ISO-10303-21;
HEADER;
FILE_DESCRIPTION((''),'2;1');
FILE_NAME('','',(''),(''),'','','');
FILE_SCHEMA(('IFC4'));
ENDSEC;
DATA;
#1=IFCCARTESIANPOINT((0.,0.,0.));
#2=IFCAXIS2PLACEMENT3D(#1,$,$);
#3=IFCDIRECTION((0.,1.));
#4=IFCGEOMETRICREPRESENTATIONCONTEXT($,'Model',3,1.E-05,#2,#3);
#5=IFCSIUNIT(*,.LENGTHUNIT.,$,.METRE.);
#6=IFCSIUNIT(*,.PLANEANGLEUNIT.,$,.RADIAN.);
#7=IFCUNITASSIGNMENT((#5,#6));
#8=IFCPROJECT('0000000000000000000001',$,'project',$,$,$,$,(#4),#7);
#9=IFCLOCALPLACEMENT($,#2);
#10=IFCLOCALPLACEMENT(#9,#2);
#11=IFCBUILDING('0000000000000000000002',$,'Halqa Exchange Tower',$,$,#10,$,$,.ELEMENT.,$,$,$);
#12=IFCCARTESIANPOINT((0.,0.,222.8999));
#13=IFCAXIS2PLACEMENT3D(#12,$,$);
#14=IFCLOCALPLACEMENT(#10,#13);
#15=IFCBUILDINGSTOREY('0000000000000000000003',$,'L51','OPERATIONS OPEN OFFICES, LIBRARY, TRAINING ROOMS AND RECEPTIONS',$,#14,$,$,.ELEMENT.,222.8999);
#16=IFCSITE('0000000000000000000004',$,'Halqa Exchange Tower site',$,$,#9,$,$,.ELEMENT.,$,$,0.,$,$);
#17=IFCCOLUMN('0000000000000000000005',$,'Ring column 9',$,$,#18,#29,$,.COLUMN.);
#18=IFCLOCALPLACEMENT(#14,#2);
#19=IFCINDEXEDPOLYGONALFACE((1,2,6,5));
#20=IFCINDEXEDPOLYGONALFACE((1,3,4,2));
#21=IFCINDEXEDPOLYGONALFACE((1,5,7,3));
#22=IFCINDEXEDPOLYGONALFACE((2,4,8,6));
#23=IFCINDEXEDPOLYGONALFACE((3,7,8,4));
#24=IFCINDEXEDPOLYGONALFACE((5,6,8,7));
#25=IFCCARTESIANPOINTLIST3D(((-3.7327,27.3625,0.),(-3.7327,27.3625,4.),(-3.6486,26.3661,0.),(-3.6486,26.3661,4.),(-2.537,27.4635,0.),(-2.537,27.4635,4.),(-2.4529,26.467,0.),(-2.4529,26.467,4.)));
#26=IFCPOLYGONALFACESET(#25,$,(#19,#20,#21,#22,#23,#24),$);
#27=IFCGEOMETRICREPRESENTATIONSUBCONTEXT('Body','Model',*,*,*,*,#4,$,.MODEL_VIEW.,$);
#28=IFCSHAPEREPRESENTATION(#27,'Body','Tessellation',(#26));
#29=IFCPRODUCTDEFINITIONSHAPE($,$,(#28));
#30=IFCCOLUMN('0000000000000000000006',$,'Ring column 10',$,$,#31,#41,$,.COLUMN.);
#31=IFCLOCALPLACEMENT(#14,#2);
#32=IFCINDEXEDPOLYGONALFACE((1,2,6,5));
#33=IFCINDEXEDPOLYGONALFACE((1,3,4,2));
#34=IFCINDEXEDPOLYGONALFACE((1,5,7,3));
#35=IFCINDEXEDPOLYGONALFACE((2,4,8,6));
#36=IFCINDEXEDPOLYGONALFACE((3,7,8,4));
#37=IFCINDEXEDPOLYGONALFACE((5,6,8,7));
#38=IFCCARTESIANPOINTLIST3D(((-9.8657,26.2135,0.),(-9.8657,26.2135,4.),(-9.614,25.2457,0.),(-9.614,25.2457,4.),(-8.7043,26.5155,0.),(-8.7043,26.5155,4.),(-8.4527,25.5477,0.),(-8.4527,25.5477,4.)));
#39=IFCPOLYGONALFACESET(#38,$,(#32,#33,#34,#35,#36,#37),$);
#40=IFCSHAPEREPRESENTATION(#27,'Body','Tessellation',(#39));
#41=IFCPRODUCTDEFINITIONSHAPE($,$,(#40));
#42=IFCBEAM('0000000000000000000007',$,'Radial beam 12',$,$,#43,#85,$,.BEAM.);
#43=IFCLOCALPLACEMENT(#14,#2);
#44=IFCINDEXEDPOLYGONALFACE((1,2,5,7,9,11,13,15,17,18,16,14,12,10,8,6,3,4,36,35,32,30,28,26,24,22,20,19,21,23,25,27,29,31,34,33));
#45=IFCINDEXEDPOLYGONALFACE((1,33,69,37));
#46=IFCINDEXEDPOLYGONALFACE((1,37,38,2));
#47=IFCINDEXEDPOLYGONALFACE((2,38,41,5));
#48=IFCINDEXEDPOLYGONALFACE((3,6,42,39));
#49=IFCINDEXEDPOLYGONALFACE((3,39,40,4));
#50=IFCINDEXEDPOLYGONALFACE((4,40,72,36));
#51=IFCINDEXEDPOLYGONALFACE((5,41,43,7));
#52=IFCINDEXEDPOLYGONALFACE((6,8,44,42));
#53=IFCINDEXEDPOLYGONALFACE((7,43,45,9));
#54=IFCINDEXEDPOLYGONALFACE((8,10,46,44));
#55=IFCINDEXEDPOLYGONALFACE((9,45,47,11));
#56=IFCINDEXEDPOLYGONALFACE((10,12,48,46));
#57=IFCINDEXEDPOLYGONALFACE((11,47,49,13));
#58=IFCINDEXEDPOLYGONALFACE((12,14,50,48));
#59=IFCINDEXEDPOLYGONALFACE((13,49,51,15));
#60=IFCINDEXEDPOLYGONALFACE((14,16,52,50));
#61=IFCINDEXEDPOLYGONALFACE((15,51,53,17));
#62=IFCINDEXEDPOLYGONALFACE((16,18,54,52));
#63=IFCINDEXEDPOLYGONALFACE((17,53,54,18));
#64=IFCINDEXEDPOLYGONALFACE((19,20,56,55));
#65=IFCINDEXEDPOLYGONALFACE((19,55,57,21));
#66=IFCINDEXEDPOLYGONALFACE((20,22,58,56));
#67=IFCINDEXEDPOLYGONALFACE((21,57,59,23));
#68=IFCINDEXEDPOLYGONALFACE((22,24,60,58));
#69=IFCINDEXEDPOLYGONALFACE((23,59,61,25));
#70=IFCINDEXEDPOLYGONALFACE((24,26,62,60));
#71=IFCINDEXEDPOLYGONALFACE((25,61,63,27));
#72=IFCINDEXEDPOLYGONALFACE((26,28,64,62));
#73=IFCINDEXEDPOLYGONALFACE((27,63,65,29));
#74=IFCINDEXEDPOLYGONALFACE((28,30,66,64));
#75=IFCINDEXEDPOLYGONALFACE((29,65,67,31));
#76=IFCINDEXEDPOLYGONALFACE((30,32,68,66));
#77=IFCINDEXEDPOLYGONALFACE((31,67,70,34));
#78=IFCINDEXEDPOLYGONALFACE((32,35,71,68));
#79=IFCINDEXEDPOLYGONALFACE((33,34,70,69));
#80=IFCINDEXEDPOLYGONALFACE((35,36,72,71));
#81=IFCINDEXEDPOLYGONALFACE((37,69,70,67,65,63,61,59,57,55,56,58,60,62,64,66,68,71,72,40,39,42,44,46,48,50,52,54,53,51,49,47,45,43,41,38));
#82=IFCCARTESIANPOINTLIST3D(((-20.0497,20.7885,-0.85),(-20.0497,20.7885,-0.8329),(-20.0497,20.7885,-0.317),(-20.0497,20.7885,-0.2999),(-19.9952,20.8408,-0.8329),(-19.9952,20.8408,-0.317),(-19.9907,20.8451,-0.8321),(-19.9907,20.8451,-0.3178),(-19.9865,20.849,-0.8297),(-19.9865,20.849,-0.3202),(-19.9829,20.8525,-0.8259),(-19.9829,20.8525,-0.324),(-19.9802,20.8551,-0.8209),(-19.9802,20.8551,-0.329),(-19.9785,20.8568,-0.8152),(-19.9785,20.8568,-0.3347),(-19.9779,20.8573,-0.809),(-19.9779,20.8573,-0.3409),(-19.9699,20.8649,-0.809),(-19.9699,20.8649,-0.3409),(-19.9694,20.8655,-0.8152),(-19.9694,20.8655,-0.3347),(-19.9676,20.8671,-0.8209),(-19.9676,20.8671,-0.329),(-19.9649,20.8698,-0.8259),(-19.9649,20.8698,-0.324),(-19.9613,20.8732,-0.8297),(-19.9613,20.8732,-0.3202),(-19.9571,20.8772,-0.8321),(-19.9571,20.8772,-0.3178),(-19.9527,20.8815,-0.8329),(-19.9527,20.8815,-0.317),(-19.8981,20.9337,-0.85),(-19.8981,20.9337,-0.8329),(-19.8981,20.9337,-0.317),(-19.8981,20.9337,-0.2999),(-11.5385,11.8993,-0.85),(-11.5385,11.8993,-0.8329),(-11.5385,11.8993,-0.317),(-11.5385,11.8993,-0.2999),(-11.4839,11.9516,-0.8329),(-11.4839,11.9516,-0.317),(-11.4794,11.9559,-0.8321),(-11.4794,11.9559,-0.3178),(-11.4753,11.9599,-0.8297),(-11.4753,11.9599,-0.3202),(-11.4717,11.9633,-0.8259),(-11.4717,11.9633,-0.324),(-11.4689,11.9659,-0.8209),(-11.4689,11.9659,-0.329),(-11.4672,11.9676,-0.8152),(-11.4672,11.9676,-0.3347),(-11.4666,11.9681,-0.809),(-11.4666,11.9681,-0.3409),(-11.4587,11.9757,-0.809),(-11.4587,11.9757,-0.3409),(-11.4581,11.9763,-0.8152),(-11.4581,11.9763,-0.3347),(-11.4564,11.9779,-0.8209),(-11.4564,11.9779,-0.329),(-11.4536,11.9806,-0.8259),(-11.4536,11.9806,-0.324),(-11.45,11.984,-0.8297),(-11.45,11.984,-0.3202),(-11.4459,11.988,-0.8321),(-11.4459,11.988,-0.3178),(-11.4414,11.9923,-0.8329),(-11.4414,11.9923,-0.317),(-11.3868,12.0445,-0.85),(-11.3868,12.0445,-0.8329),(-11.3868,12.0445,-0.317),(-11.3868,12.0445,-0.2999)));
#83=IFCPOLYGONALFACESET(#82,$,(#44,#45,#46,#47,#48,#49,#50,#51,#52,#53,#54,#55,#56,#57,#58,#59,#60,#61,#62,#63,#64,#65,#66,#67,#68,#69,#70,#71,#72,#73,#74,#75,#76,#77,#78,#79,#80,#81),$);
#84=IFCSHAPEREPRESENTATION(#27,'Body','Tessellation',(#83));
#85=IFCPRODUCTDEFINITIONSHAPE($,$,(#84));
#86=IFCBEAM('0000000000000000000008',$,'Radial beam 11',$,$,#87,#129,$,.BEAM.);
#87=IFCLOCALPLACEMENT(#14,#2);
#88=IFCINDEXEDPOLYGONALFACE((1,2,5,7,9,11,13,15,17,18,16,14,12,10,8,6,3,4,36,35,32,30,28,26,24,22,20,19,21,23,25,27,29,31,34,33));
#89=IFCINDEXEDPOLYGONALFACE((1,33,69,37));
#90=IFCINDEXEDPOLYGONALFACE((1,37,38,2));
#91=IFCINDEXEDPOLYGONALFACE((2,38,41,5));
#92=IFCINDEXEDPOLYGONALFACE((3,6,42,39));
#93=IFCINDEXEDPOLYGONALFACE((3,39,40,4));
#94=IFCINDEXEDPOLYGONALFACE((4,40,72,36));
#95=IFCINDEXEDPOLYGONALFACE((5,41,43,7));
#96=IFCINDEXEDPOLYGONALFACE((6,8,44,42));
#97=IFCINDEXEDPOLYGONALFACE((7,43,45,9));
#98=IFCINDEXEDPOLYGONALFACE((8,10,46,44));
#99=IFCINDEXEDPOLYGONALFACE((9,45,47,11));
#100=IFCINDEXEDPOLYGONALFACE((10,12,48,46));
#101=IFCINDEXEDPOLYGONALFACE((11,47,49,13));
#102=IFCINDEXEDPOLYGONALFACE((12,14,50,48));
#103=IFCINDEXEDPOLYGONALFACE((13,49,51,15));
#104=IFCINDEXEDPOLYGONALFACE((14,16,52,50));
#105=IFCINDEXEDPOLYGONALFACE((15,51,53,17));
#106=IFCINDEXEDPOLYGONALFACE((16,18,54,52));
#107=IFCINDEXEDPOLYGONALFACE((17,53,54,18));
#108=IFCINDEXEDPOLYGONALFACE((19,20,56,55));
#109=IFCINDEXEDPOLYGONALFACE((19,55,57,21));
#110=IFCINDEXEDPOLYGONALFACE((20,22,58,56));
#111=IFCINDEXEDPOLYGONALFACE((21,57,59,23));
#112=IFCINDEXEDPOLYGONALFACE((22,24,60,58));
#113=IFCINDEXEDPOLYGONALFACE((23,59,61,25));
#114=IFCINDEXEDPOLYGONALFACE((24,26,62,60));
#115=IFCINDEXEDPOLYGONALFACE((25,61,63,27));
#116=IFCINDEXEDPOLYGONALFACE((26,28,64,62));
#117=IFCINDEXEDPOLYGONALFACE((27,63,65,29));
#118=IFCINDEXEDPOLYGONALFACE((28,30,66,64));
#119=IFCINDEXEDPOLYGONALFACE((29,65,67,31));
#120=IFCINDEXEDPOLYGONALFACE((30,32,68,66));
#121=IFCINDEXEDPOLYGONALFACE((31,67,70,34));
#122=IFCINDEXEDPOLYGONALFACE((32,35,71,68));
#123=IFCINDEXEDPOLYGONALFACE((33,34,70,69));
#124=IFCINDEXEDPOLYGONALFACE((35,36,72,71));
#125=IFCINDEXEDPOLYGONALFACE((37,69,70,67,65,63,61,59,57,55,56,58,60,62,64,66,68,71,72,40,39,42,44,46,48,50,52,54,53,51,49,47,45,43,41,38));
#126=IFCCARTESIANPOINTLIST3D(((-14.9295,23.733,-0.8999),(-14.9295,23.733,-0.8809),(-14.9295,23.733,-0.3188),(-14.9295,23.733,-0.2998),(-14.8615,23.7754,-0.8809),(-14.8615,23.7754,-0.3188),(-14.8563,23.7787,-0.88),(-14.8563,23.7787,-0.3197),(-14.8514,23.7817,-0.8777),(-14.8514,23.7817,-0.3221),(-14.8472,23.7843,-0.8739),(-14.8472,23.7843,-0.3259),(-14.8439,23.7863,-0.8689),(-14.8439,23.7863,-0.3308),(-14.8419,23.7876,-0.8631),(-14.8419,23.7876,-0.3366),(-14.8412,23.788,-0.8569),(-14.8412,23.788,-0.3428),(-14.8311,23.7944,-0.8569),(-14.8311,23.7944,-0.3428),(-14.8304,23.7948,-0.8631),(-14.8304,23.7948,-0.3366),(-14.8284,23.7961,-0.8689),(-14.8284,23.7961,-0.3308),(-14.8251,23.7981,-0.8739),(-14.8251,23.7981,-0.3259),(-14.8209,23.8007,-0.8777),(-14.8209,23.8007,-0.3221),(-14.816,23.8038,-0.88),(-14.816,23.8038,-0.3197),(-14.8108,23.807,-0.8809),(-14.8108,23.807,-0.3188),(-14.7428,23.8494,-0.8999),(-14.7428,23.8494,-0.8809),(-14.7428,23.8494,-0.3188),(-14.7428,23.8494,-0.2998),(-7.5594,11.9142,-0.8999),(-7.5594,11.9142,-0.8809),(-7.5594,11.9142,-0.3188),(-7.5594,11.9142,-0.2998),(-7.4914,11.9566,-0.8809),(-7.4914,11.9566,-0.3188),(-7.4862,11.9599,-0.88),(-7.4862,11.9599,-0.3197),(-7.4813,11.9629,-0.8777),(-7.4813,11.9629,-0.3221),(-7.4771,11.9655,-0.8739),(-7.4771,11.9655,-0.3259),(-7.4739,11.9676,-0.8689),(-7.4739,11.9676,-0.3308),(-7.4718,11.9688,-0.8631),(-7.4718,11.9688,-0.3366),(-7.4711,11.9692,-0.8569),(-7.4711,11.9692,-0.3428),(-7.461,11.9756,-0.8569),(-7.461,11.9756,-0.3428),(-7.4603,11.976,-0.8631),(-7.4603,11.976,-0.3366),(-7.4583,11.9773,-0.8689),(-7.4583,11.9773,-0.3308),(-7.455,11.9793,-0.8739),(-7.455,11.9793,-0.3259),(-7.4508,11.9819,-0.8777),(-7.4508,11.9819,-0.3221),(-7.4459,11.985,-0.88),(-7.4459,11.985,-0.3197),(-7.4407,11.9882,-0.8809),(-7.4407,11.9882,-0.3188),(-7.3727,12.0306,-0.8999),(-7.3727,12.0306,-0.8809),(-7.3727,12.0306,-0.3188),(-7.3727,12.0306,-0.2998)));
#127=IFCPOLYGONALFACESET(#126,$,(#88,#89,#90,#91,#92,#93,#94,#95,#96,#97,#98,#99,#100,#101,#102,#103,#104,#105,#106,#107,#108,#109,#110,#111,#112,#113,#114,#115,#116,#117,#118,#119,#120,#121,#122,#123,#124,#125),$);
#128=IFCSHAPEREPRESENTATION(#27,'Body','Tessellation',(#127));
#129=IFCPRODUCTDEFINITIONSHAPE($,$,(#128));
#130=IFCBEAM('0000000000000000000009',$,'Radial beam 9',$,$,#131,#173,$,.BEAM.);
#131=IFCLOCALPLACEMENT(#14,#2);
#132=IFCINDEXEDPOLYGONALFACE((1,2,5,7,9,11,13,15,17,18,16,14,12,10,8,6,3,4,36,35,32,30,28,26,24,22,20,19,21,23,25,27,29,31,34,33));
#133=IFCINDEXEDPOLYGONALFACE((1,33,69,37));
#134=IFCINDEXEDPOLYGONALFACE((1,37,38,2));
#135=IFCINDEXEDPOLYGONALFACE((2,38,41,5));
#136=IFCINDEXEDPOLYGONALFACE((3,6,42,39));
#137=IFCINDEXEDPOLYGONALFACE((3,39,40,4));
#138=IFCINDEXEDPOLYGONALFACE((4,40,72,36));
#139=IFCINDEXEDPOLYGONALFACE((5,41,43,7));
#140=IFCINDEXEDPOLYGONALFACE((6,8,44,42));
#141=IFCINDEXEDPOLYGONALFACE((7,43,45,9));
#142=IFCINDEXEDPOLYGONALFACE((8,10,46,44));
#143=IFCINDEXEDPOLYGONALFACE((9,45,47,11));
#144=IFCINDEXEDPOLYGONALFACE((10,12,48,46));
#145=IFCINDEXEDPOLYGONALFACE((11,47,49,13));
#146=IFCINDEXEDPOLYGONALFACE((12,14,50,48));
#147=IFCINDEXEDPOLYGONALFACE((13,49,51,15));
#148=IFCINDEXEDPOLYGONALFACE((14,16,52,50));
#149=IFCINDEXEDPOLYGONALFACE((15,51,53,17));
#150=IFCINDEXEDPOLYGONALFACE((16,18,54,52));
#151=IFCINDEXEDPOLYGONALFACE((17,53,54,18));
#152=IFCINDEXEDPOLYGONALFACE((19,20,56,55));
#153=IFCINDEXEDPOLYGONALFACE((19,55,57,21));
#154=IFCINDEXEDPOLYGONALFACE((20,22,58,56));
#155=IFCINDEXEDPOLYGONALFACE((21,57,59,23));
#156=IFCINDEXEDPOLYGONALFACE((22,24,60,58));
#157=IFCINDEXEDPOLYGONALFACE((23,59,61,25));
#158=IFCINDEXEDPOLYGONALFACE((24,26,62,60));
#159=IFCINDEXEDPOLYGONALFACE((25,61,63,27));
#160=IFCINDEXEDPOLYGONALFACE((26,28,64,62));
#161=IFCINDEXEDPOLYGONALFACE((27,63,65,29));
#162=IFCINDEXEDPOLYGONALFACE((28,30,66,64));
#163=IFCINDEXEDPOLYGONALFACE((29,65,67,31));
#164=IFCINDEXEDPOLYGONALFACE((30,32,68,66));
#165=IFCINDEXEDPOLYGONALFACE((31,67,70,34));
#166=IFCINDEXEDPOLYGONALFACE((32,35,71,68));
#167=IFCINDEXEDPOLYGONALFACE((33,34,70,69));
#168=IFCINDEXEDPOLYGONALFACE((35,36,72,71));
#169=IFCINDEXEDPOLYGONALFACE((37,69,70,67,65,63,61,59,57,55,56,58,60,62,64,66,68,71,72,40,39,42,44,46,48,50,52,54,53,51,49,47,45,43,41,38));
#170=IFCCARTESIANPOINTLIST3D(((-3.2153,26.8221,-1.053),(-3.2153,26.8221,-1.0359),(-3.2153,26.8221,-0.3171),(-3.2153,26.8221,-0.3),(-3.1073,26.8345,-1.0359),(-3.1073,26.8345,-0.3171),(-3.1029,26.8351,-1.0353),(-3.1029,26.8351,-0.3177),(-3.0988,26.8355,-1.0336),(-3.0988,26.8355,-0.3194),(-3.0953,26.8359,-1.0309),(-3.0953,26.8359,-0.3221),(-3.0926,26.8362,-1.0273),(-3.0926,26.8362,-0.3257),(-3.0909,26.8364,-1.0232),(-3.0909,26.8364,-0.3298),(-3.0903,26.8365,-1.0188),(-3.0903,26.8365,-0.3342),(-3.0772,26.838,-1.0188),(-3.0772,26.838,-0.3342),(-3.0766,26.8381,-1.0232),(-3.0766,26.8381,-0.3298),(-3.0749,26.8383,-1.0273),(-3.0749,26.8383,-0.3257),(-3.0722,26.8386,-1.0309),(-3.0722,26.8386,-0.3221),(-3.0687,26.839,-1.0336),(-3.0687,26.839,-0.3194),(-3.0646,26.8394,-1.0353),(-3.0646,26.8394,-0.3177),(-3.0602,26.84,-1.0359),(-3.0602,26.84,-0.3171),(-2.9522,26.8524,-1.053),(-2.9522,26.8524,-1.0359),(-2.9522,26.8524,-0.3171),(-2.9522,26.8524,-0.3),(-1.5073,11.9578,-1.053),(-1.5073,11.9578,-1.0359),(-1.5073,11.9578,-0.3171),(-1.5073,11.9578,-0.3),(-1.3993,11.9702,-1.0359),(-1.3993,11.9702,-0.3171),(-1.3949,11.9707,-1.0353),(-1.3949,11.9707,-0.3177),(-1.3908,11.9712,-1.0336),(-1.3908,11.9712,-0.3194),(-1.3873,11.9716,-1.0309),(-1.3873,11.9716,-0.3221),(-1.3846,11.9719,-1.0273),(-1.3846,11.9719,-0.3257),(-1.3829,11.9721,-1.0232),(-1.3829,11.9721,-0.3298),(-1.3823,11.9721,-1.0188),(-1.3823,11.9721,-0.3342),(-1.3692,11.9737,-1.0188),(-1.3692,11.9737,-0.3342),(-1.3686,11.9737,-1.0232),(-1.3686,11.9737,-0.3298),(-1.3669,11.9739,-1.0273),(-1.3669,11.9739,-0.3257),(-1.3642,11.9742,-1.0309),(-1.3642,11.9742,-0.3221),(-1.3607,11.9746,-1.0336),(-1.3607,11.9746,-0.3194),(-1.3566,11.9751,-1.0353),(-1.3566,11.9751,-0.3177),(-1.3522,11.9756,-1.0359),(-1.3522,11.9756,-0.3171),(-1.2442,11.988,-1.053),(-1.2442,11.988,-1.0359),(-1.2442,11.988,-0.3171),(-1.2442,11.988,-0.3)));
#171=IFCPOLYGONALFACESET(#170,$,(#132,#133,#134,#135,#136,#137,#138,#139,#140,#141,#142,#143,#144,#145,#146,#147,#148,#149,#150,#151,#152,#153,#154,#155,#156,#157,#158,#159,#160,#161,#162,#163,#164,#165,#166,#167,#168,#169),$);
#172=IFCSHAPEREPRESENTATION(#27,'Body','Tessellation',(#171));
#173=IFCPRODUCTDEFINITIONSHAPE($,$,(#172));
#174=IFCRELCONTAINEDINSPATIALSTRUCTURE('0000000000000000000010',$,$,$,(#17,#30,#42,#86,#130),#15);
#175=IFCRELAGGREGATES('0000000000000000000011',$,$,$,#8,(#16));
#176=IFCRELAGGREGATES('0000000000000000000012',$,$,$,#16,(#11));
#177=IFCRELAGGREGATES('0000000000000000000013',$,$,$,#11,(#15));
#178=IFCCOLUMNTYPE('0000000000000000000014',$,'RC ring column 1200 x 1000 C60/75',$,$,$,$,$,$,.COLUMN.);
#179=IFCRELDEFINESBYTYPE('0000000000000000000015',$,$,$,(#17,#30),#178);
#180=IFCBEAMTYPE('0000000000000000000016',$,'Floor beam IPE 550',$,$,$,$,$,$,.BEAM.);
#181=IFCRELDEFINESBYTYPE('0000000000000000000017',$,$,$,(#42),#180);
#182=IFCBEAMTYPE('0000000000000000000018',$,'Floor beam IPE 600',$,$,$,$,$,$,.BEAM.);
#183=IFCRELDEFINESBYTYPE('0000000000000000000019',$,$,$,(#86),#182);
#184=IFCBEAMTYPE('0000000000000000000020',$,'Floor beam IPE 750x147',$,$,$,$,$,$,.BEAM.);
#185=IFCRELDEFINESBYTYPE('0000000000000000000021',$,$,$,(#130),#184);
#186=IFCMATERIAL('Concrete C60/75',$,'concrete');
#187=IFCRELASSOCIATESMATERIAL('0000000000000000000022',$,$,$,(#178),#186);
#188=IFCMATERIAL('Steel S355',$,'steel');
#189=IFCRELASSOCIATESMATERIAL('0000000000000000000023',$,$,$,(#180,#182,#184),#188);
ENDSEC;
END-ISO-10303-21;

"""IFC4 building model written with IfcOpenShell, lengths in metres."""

from ifc_helpers import new_model, si_unit, direction, frame, origin, origin_2d, place, context, subcontext, project, spatial, rectangle, i_section, extrude, material, material_profile, profile_set, type_object, element, save


model = new_model("IFC4")

# Units and contexts
model_context = context("Model", 3, precision=1e-05, world=origin(), true_north=direction((0.0, 1.0)))
body_context = subcontext(model_context, "Body", "Model", "MODEL_VIEW")
ifc_project = project(units=[si_unit("LENGTHUNIT", "METRE"), si_unit("PLANEANGLEUNIT", "RADIAN")], contexts=[model_context])

# Site, building, storey
site_placement = place(None, origin())
site = spatial("IfcSite", under=ifc_project, at=site_placement, Name="Halqa Exchange Tower site", CompositionType="ELEMENT", RefElevation=0.0)
building_placement = place(site_placement, origin())
building = spatial("IfcBuilding", under=site, at=building_placement, Name="Halqa Exchange Tower", CompositionType="ELEMENT")
storey_placement = place(building_placement, frame((0.0, 0.0, 222.8999)))
storey = spatial("IfcBuildingStorey", under=building, at=storey_placement, Name="L51", Description="OPERATIONS OPEN OFFICES, LIBRARY, TRAINING ROOMS AND RECEPTIONS", CompositionType="ELEMENT", Elevation=222.8999)

# Columns
ifc_material_1 = material(Name="Concrete C60/75", Category="concrete")
ifc_material_profile_1 = material_profile(ifc_material_1, rectangle(XDim=1.2, YDim=1.0, at=origin_2d()), Name="1200 x 1000")
ifc_profile_set_1 = profile_set([ifc_material_profile_1], Name="Concrete C60/75")
column_type = type_object("IfcColumnType", Name="RC ring column 1200 x 1000 C60/75", PredefinedType="COLUMN", material=ifc_profile_set_1)
for number, where, z_axis, x_axis, name in (
    (1, (-3.0928, 26.9148, 0.0), (0.0, 0.0, 1.0), (-0.996455, -0.084128, 0.0), "Ring column 9"),
    (2, (-9.1592, 25.8806, 0.0), (0.0, 0.0, 1.0), (-0.967818, -0.25165, 0.0), "Ring column 10"),
):
    element("IfcColumn", number, at=place(storey_placement, frame(where, z_axis=z_axis, x_axis=x_axis)), inside=storey, type_object=column_type, Name=name, PredefinedType="COLUMN", context=body_context, shape_type="SweptSolid", body=[
        extrude(rectangle(XDim=1.2, YDim=1.0, at=origin_2d()), origin(), (0.0, 0.0, 1.0), 4.0),
    ])

# Beams
ifc_material_2 = material(Name="Steel S355", Category="steel")
ifc_material_profile_2 = material_profile(ifc_material_2, i_section(OverallWidth=0.21, OverallDepth=0.55, WebThickness=0.011, FlangeThickness=0.0171, FilletRadius=0.0239, at=origin_2d()), Name="IPE 550")
ifc_profile_set_2 = profile_set([ifc_material_profile_2], Name="Steel S355")
beam_type_1 = type_object("IfcBeamType", Name="Floor beam IPE 550", PredefinedType="BEAM", material=ifc_profile_set_2)
beam_1_placement = place(storey_placement, frame((-11.4626, 11.9719, -0.575), z_axis=(-0.691586, 0.722295, 0.0), x_axis=(-0.722295, -0.691586, 0.0)))
element("IfcBeam", 3, at=beam_1_placement, inside=storey, type_object=beam_type_1, Name="Radial beam 12", PredefinedType="BEAM", context=body_context, shape_type="SweptSolid", body=[
    extrude(i_section(OverallWidth=0.21, OverallDepth=0.55, WebThickness=0.011, FlangeThickness=0.0171, FilletRadius=0.0239, at=origin_2d()), origin(), (0.0, 0.0, 1.0), 12.3069),
])
ifc_material_profile_3 = material_profile(ifc_material_2, i_section(OverallWidth=0.22, OverallDepth=0.6001, WebThickness=0.012, FlangeThickness=0.019, FilletRadius=0.0239, at=origin_2d()), Name="IPE 600")
ifc_profile_set_3 = profile_set([ifc_material_profile_3], Name="Steel S355")
beam_type_2 = type_object("IfcBeamType", Name="Floor beam IPE 600", PredefinedType="BEAM", material=ifc_profile_set_3)
beam_2_placement = place(storey_placement, frame((-7.4661, 11.9724, -0.5999), z_axis=(-0.529138, 0.848536, 0.0), x_axis=(-0.848536, -0.529138, 0.0)))
element("IfcBeam", 4, at=beam_2_placement, inside=storey, type_object=beam_type_2, Name="Radial beam 11", PredefinedType="BEAM", context=body_context, shape_type="SweptSolid", body=[
    extrude(i_section(OverallWidth=0.22, OverallDepth=0.6001, WebThickness=0.012, FlangeThickness=0.019, FilletRadius=0.0239, at=origin_2d()), origin(), (0.0, 0.0, 1.0), 13.9285),
])
ifc_material_profile_4 = material_profile(ifc_material_2, i_section(OverallWidth=0.2649, OverallDepth=0.7529, WebThickness=0.0132, FlangeThickness=0.0171, FilletRadius=0.0171, at=origin_2d()), Name="IPE 750x147")
ifc_profile_set_4 = profile_set([ifc_material_profile_4], Name="Steel S355")
beam_type_3 = type_object("IfcBeamType", Name="Floor beam IPE 750x147", PredefinedType="BEAM", material=ifc_profile_set_4)
beam_3_placement = place(storey_placement, frame((-1.3757, 11.9729, -0.6765), z_axis=(-0.114156, 0.993463, 0.0), x_axis=(-0.993463, -0.114156, 0.0)))
element("IfcBeam", 5, at=beam_3_placement, inside=storey, type_object=beam_type_3, Name="Radial beam 9", PredefinedType="BEAM", context=body_context, shape_type="SweptSolid", body=[
    extrude(i_section(OverallWidth=0.2649, OverallDepth=0.7529, WebThickness=0.0132, FlangeThickness=0.0171, FilletRadius=0.0171, at=origin_2d()), origin(), (0.0, 0.0, 1.0), 14.9622),
])

save(model, "model.ifc")
